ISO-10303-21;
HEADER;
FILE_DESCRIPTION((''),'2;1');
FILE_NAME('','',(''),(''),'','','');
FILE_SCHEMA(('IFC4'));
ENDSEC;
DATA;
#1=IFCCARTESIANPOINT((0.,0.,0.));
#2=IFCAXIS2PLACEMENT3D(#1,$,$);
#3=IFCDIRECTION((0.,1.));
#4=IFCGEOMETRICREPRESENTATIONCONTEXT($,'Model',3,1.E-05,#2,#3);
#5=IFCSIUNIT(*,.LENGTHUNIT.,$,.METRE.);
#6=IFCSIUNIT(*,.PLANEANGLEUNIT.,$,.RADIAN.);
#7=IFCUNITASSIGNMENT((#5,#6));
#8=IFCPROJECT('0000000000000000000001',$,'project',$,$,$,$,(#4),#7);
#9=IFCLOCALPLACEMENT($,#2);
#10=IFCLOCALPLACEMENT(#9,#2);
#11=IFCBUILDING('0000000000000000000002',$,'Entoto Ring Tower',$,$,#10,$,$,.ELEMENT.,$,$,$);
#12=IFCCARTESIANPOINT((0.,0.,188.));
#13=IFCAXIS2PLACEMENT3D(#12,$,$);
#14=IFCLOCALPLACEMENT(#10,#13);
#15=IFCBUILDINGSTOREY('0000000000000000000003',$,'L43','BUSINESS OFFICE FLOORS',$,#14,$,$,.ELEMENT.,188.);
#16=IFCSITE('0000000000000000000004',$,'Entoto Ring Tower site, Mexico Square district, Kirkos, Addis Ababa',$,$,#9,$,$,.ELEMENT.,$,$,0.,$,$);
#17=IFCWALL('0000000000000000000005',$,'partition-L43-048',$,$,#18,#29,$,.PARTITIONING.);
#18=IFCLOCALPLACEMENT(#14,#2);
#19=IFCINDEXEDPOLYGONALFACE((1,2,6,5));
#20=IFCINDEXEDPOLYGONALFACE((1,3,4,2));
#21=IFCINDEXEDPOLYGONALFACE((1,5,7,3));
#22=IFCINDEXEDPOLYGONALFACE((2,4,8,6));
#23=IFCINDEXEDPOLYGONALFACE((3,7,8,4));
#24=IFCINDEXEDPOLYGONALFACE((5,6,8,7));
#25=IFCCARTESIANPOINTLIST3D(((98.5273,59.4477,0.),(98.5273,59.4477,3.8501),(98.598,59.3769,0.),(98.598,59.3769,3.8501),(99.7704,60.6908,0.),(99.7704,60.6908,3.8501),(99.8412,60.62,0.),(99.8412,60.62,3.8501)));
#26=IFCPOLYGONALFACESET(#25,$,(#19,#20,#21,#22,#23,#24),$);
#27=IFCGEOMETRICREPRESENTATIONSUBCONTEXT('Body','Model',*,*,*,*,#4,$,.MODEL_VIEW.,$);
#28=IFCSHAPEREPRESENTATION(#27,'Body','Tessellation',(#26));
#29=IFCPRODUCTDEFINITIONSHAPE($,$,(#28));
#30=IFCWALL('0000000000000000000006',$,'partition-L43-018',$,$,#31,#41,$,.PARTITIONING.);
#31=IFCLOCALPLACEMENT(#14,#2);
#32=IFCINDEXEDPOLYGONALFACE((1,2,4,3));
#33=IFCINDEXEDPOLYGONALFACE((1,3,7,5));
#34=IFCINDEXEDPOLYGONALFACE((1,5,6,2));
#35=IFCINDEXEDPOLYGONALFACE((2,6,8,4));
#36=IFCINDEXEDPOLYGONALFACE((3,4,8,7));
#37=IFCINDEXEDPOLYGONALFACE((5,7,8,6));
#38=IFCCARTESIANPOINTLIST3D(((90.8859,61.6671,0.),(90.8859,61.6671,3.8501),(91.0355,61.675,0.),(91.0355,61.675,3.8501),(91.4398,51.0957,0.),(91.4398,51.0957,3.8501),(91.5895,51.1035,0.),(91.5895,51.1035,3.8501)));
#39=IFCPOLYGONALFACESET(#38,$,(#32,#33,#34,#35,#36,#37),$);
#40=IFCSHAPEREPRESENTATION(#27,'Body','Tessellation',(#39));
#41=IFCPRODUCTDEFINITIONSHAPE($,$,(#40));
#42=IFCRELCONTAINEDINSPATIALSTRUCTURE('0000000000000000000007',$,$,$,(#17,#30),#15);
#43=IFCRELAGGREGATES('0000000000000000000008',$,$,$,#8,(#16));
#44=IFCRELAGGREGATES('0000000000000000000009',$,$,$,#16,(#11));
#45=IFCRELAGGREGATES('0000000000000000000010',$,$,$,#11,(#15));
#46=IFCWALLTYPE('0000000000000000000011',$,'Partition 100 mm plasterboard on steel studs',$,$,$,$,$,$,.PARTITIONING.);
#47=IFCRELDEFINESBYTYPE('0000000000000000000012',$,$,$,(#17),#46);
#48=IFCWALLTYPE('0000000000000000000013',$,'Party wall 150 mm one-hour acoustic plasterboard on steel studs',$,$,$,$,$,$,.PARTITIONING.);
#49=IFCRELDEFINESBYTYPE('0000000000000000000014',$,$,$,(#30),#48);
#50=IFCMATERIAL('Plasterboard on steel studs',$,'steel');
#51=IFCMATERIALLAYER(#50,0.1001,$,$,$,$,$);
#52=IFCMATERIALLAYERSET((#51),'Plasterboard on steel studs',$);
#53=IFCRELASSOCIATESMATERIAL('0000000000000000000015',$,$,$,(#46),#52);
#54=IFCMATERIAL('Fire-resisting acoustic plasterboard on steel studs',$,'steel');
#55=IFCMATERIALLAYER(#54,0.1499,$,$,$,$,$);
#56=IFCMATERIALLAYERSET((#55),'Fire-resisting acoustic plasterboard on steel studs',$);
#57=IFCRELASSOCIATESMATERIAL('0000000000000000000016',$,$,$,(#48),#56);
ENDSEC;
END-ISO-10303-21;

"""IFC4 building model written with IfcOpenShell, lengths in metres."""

from ifc_helpers import new_model, si_unit, direction, frame, frame_2d, origin, place, context, subcontext, project, spatial, rectangle, extrude, material, layer, layer_set, type_object, element, save


model = new_model("IFC4")

# Units and contexts
model_context = context("Model", 3, precision=1e-05, world=origin(), true_north=direction((0.0, 1.0)))
body_context = subcontext(model_context, "Body", "Model", "MODEL_VIEW")
ifc_project = project(units=[si_unit("LENGTHUNIT", "METRE"), si_unit("PLANEANGLEUNIT", "RADIAN")], contexts=[model_context])

# Site, building, storey
site_placement = place(None, origin())
site = spatial("IfcSite", under=ifc_project, at=site_placement, Name="Entoto Ring Tower site, Mexico Square district, Kirkos, Addis Ababa", CompositionType="ELEMENT", RefElevation=0.0)
building_placement = place(site_placement, origin())
building = spatial("IfcBuilding", under=site, at=building_placement, Name="Entoto Ring Tower", CompositionType="ELEMENT")
storey_placement = place(building_placement, frame((0.0, 0.0, 188.0)))
storey = spatial("IfcBuildingStorey", under=building, at=storey_placement, Name="L43", Description="BUSINESS OFFICE FLOORS", CompositionType="ELEMENT", Elevation=188.0)

# Shared definitions
ifc_material_1 = material(Name="Plasterboard on steel studs", Category="steel")
ifc_layer_1 = layer(ifc_material_1, 0.1001)
ifc_layer_set_1 = layer_set([ifc_layer_1], Name="Plasterboard on steel studs")
wall_type_1 = type_object("IfcWallType", Name="Partition 100 mm plasterboard on steel studs", PredefinedType="PARTITIONING", material=ifc_layer_set_1)

# Walls
wall_1_placement = place(storey_placement, frame((98.5627, 59.4124, 0.0), z_axis=(0.0, 0.0, 1.0), x_axis=(0.707107, 0.707107, 0.0)))
element("IfcWall", 1, at=wall_1_placement, inside=storey, type_object=wall_type_1, Name="partition-L43-048", PredefinedType="PARTITIONING", context=body_context, shape_type="SweptSolid", body=[
    extrude(rectangle(XDim=1.7581, YDim=0.1001, at=frame_2d((0.8789, 0.0))), origin(), (0.0, 0.0, 1.0), 3.8501),
])
ifc_material_2 = material(Name="Fire-resisting acoustic plasterboard on steel studs", Category="steel")
ifc_layer_2 = layer(ifc_material_2, 0.1499)
ifc_layer_set_2 = layer_set([ifc_layer_2], Name="Fire-resisting acoustic plasterboard on steel studs")
wall_type_2 = type_object("IfcWallType", Name="Party wall 150 mm one-hour acoustic plasterboard on steel studs", PredefinedType="PARTITIONING", material=ifc_layer_set_2)
wall_2_placement = place(storey_placement, frame((91.5146, 51.0996, 0.0), z_axis=(0.0, 0.0, 1.0), x_axis=(-0.052329, 0.99863, 0.0)))
element("IfcWall", 2, at=wall_2_placement, inside=storey, type_object=wall_type_2, Name="partition-L43-018", PredefinedType="PARTITIONING", context=body_context, shape_type="SweptSolid", body=[
    extrude(rectangle(XDim=10.5859, YDim=0.1499, at=frame_2d((5.293, 0.0))), origin(), (0.0, 0.0, 1.0), 3.8501),
])

save(model, "model.ifc")
